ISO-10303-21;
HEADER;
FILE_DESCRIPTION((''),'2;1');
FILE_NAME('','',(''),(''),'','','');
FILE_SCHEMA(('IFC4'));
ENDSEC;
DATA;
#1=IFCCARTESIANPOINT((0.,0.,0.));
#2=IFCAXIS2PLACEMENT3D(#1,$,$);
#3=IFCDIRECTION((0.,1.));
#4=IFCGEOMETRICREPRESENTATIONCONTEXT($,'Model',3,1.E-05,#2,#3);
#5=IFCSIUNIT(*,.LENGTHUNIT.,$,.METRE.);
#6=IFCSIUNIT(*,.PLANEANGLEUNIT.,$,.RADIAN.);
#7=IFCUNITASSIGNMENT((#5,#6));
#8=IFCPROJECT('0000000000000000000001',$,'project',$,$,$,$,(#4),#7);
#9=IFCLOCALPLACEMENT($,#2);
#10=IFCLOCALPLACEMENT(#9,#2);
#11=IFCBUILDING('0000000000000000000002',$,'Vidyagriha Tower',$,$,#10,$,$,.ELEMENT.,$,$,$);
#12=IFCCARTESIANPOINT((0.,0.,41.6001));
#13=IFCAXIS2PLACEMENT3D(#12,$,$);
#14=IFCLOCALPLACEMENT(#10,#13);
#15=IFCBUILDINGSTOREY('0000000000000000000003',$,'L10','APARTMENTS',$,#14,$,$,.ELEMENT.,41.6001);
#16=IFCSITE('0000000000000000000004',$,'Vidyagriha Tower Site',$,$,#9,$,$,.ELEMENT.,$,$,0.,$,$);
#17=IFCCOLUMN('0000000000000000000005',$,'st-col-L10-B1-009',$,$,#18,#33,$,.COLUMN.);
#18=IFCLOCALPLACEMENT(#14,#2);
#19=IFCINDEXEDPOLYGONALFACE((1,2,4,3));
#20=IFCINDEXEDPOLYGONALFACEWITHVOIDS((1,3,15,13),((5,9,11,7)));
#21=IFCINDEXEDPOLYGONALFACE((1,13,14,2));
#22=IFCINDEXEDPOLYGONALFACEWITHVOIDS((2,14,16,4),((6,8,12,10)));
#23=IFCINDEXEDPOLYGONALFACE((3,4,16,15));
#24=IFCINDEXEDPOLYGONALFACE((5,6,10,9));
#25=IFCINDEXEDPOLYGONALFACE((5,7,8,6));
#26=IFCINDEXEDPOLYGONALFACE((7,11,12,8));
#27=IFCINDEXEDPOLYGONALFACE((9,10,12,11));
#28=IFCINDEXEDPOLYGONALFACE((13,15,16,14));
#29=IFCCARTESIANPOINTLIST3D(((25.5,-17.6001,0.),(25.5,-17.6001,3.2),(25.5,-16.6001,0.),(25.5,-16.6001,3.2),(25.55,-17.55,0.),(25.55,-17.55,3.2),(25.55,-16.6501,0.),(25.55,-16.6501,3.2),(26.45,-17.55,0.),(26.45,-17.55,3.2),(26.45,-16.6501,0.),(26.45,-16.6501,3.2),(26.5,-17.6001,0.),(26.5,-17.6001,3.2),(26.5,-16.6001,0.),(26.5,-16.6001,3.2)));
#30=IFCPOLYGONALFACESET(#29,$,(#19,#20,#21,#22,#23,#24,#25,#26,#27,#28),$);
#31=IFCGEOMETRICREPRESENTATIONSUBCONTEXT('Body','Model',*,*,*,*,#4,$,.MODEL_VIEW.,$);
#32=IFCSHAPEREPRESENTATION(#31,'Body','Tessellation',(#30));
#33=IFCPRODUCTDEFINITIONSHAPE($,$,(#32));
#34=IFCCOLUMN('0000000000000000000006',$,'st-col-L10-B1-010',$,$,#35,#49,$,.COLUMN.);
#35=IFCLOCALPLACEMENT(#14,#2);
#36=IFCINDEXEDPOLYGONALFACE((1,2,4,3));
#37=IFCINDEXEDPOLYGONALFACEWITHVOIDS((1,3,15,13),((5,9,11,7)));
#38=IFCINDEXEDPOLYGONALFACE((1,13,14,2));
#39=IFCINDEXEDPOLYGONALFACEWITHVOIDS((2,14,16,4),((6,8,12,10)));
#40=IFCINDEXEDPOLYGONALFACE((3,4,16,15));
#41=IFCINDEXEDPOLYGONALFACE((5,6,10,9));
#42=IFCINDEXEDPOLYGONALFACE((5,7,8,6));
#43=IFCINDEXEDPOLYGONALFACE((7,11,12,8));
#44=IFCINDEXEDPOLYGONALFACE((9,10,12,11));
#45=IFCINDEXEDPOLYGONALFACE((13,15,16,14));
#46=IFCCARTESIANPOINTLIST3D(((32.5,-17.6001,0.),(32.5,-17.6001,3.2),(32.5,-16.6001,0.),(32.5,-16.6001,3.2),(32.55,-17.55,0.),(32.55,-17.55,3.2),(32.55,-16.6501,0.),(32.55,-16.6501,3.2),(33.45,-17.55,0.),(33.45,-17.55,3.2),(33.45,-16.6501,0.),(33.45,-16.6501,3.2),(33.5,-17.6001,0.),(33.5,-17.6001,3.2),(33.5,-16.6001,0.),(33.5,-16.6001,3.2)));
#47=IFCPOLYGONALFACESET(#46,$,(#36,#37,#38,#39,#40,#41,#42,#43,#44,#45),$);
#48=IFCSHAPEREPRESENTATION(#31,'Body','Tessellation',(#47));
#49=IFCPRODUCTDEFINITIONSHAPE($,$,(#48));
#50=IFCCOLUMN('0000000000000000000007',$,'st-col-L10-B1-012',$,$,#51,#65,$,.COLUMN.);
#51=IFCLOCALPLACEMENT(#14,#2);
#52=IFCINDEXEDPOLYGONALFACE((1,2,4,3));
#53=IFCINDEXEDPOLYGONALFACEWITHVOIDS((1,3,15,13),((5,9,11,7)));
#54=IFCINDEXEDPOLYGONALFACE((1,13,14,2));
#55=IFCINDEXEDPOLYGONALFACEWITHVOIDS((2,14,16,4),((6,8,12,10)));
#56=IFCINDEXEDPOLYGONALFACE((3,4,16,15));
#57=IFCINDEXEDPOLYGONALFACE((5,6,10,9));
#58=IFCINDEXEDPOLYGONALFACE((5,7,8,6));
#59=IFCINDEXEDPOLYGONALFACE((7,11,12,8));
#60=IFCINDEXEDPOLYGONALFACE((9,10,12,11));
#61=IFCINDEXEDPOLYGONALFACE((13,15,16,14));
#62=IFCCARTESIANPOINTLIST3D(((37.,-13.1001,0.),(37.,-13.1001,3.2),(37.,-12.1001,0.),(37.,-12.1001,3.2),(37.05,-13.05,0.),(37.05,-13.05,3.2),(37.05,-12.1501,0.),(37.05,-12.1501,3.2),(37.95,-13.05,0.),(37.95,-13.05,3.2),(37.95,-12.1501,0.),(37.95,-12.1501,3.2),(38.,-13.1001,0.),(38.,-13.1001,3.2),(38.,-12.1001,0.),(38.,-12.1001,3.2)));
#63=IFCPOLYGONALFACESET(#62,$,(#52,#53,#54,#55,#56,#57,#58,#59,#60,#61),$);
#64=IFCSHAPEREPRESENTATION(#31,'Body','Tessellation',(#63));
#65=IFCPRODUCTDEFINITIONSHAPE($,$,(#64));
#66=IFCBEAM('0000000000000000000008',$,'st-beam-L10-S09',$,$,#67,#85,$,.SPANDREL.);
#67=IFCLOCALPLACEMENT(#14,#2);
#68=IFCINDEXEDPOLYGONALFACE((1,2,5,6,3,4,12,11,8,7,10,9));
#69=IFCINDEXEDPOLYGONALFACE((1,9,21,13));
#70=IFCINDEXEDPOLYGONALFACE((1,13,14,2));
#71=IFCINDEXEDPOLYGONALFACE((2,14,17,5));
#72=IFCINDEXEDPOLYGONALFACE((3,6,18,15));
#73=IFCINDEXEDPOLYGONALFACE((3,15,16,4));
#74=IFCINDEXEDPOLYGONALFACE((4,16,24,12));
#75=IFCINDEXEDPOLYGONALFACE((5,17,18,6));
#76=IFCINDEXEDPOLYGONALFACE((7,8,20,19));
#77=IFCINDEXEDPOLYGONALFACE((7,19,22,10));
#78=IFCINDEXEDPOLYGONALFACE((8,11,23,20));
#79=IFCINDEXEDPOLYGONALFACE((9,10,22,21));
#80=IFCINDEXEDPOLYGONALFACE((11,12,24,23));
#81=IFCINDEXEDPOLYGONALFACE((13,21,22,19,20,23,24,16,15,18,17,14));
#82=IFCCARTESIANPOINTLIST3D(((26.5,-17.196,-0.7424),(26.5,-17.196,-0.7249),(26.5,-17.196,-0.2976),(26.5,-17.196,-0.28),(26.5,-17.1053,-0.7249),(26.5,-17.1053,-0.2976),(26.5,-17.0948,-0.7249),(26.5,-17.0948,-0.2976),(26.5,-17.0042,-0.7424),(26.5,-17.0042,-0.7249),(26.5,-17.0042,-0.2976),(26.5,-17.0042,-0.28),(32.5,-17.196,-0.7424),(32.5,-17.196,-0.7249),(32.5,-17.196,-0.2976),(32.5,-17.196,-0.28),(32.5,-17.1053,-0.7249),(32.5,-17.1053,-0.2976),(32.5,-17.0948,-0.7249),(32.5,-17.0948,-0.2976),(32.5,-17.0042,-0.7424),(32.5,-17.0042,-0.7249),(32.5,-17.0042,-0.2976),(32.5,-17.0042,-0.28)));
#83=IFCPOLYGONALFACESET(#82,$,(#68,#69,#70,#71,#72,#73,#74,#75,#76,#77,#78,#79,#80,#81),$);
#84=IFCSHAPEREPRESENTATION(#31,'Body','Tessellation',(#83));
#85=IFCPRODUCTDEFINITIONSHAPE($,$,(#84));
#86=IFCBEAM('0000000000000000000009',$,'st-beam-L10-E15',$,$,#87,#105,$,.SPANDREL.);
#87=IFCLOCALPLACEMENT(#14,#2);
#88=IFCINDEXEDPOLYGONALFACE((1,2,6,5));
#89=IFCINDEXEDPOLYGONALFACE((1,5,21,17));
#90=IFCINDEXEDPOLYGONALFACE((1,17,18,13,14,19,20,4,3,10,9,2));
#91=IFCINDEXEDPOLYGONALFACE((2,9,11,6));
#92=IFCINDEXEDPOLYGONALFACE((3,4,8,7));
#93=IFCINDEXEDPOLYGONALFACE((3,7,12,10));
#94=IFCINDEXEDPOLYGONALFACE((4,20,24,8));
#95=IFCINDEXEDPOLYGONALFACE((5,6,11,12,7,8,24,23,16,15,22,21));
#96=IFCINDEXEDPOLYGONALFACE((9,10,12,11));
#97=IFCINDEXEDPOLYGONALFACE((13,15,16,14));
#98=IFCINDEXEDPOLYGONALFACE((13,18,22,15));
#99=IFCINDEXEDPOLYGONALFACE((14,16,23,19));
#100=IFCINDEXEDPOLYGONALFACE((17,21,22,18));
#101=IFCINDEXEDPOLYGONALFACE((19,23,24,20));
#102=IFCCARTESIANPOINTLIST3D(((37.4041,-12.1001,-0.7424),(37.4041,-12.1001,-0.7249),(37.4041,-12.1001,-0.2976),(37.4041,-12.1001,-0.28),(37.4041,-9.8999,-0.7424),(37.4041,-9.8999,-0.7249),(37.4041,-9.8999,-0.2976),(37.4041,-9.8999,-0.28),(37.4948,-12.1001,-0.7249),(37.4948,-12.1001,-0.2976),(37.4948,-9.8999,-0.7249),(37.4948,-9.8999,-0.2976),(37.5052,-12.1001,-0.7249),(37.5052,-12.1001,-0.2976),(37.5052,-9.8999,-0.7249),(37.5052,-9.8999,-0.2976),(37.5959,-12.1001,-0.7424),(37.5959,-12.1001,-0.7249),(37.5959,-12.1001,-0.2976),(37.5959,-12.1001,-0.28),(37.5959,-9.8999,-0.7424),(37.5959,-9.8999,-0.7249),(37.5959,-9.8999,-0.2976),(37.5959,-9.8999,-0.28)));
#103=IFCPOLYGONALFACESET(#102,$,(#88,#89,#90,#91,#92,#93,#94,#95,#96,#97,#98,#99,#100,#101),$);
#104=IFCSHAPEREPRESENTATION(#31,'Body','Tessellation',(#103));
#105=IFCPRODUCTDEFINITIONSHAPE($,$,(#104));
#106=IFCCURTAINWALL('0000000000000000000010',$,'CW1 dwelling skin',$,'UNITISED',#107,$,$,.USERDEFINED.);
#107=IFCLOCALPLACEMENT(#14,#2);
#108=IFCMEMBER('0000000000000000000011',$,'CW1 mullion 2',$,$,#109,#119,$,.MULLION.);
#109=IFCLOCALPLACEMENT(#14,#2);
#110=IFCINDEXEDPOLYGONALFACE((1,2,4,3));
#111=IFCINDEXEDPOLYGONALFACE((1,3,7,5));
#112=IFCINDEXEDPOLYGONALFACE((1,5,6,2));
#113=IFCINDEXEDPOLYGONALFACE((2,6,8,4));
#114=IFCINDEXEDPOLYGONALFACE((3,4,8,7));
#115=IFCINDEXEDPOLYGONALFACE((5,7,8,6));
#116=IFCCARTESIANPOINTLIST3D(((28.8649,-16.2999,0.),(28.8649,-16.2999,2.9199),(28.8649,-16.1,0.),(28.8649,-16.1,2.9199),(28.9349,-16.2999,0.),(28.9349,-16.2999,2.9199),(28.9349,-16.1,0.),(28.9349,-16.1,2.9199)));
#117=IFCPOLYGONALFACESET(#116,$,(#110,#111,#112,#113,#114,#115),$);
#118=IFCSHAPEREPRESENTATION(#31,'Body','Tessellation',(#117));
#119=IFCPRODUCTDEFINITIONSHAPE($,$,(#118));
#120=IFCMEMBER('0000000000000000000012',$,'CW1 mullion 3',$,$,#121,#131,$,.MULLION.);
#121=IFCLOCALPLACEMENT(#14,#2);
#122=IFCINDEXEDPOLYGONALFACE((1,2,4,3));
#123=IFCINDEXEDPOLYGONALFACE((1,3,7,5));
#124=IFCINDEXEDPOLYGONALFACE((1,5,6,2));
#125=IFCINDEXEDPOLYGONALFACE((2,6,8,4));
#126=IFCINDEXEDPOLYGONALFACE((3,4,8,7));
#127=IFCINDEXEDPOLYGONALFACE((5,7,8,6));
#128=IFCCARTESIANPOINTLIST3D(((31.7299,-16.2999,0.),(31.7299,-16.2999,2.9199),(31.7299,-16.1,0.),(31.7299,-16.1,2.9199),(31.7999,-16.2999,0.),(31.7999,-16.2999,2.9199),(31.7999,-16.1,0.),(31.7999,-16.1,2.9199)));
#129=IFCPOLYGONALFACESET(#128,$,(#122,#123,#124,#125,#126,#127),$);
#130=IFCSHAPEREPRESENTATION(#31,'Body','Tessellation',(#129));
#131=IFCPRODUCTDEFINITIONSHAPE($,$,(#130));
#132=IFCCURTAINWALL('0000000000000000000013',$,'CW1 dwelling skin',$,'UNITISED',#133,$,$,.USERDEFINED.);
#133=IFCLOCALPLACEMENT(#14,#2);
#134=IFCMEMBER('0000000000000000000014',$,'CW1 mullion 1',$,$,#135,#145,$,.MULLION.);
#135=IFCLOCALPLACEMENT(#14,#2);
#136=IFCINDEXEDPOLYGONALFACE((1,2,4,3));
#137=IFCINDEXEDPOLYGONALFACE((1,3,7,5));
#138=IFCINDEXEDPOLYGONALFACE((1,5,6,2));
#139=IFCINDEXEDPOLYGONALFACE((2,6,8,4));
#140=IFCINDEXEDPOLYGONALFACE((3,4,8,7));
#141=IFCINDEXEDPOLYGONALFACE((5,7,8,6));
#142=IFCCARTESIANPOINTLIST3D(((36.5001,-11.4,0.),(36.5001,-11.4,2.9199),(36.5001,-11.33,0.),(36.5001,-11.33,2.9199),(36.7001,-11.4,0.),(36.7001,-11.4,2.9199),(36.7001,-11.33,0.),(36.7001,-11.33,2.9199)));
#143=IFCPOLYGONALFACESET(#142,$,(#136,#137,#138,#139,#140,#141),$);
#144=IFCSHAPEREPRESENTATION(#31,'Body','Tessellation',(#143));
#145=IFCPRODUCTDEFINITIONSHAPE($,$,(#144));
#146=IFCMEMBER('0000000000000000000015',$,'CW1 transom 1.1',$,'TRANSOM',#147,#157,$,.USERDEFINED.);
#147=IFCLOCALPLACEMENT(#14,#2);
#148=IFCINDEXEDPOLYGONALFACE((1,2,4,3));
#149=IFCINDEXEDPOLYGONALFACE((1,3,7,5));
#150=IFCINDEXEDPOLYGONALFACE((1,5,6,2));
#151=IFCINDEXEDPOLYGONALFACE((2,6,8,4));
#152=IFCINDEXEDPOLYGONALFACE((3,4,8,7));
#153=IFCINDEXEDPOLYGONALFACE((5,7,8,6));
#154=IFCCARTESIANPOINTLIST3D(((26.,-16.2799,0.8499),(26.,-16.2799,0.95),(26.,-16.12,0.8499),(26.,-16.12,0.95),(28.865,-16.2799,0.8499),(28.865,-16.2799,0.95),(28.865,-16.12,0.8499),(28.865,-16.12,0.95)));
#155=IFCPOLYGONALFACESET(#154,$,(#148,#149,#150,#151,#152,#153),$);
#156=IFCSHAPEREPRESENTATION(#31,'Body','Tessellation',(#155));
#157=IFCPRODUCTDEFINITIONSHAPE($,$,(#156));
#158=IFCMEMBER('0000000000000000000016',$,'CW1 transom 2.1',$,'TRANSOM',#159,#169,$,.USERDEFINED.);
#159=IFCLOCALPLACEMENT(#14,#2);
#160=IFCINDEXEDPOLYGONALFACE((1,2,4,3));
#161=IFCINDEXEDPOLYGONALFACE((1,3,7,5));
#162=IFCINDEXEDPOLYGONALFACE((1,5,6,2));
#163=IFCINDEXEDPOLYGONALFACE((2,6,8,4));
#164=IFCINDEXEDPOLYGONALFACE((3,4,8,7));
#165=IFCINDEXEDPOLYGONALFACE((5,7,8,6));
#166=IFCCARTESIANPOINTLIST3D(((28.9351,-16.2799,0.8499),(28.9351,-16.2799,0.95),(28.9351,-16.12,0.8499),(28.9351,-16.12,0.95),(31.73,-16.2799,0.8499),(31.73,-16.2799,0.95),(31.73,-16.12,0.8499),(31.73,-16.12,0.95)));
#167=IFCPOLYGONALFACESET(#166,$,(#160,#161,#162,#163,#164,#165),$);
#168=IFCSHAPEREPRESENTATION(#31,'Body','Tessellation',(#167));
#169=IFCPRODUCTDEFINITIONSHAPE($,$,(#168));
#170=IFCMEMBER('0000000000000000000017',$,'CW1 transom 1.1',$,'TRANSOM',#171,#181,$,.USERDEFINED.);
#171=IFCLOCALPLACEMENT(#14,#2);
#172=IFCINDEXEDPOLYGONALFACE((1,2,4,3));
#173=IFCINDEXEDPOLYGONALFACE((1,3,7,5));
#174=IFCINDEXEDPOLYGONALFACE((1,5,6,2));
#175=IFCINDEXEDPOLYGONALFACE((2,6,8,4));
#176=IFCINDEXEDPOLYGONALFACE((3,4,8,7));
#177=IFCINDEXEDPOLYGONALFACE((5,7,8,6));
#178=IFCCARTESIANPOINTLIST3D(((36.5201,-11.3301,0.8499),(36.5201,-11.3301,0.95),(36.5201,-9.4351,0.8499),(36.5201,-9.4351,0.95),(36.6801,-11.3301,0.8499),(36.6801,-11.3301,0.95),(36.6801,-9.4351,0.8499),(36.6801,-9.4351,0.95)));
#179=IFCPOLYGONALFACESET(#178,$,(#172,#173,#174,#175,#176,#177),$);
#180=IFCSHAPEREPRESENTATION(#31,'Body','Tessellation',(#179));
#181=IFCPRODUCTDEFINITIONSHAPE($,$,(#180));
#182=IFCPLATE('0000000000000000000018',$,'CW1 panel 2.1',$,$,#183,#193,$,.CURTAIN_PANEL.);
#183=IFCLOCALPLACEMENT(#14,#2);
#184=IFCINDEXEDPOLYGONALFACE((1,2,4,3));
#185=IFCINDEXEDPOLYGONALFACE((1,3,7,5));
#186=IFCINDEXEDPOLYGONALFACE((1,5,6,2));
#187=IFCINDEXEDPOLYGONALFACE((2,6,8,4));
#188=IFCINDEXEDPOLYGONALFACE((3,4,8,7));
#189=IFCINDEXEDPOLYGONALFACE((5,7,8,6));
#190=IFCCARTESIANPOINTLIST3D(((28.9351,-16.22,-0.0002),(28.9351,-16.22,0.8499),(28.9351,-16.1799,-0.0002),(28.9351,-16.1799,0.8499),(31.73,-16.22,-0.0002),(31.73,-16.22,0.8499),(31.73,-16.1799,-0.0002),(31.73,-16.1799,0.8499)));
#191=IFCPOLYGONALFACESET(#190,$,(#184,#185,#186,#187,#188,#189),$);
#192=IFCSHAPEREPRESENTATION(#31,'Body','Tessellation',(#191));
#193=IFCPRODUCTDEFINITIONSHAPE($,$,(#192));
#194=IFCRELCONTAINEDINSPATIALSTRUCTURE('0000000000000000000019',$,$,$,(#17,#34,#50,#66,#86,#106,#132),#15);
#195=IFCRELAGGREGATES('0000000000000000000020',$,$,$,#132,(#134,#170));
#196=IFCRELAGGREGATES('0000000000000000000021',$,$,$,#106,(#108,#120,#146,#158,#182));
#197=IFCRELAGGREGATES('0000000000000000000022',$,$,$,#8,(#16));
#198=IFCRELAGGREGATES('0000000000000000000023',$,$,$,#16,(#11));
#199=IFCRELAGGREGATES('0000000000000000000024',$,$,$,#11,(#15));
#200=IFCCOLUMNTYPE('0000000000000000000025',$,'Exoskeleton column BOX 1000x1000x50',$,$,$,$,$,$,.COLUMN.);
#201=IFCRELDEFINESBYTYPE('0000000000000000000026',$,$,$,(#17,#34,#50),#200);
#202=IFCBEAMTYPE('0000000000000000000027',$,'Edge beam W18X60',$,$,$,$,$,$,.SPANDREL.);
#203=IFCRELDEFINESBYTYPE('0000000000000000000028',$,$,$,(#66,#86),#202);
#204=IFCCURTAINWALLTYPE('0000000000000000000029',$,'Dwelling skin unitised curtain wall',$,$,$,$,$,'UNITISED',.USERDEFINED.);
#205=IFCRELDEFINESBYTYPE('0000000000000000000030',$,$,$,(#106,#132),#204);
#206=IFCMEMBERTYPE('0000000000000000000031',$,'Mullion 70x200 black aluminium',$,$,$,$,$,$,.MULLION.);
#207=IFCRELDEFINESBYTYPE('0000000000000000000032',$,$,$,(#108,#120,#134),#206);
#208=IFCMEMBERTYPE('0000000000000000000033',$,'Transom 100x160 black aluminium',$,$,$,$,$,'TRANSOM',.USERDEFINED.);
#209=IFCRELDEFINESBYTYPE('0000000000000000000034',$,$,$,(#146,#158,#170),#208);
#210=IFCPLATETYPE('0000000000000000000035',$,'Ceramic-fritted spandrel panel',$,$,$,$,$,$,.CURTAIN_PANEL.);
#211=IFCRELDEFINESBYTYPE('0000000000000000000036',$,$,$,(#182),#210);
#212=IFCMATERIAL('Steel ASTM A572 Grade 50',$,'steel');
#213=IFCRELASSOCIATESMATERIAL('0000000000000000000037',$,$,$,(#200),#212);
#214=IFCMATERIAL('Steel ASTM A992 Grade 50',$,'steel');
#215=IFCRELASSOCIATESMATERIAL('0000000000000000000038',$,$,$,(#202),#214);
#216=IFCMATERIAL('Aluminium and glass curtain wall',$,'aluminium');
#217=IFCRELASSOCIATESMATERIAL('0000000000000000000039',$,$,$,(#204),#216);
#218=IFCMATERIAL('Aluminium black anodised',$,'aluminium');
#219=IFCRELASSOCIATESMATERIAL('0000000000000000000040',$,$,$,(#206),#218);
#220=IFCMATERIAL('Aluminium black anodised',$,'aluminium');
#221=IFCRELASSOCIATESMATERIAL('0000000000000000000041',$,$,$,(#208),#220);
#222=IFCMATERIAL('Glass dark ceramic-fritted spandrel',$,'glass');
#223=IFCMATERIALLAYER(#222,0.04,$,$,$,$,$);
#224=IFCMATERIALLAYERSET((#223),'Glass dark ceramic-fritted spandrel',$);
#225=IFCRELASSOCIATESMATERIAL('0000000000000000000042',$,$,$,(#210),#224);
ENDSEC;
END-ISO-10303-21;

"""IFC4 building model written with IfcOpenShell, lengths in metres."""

from ifc_helpers import new_model, si_unit, direction, frame, origin, origin_2d, place, context, subcontext, project, spatial, rectangle, hollow_rectangle, i_section, extrude, material, layer, layer_set, material_profile, profile_set, type_object, element, aggregate, save


model = new_model("IFC4")

# Units and contexts
model_context = context("Model", 3, precision=1e-05, world=origin(), true_north=direction((0.0, 1.0)))
body_context = subcontext(model_context, "Body", "Model", "MODEL_VIEW")
ifc_project = project(units=[si_unit("LENGTHUNIT", "METRE"), si_unit("PLANEANGLEUNIT", "RADIAN")], contexts=[model_context])

# Site, building, storey
site_placement = place(None, origin())
site = spatial("IfcSite", under=ifc_project, at=site_placement, Name="Vidyagriha Tower Site", CompositionType="ELEMENT", RefElevation=0.0)
building_placement = place(site_placement, origin())
building = spatial("IfcBuilding", under=site, at=building_placement, Name="Vidyagriha Tower", CompositionType="ELEMENT")
storey_placement = place(building_placement, frame((0.0, 0.0, 41.6001)))
storey = spatial("IfcBuildingStorey", under=building, at=storey_placement, Name="L10", Description="APARTMENTS", CompositionType="ELEMENT", Elevation=41.6001)

# Columns
ifc_material_1 = material(Name="Steel ASTM A572 Grade 50", Category="steel")
ifc_material_profile_1 = material_profile(ifc_material_1, hollow_rectangle(XDim=1.0, YDim=1.0, WallThickness=0.05, at=origin_2d()), Name="BOX 1000x1000x50")
ifc_profile_set_1 = profile_set([ifc_material_profile_1], Name="Steel ASTM A572 Grade 50")
column_type = type_object("IfcColumnType", Name="Exoskeleton column BOX 1000x1000x50", PredefinedType="COLUMN", material=ifc_profile_set_1)
for number, where, name in (
    (1, (26.0, -17.1001, 0.0), "st-col-L10-B1-009"),
    (2, (33.0, -17.1001, 0.0), "st-col-L10-B1-010"),
    (3, (37.5, -12.6001, 0.0), "st-col-L10-B1-012"),
):
    element("IfcColumn", number, at=place(storey_placement, frame(where)), inside=storey, type_object=column_type, Name=name, PredefinedType="COLUMN", context=body_context, shape_type="SweptSolid", body=[
        extrude(hollow_rectangle(XDim=1.0, YDim=1.0, WallThickness=0.05, at=origin_2d()), origin(), (0.0, 0.0, 1.0), 3.2),
    ])

# Beams
ifc_material_2 = material(Name="Steel ASTM A992 Grade 50", Category="steel")
ifc_material_profile_2 = material_profile(ifc_material_2, i_section(OverallWidth=0.1919, OverallDepth=0.4624, WebThickness=0.0105, FlangeThickness=0.0176, at=origin_2d()), Name="W18X60")
ifc_profile_set_2 = profile_set([ifc_material_profile_2], Name="Steel ASTM A992 Grade 50")
beam_type = type_object("IfcBeamType", Name="Edge beam W18X60", PredefinedType="SPANDREL", material=ifc_profile_set_2)
beam_1_placement = place(storey_placement, frame((26.5, -17.1001, -0.5112), z_axis=(1.0, 0.0, 0.0), x_axis=(0.0, 1.0, 0.0)))
element("IfcBeam", 4, at=beam_1_placement, inside=storey, type_object=beam_type, Name="st-beam-L10-S09", PredefinedType="SPANDREL", context=body_context, shape_type="SweptSolid", body=[
    extrude(i_section(OverallWidth=0.1919, OverallDepth=0.4624, WebThickness=0.0105, FlangeThickness=0.0176, at=origin_2d()), origin(), (0.0, 0.0, 1.0), 6.0),
])
beam_2_placement = place(storey_placement, frame((37.5, -12.1001, -0.5112), z_axis=(0.0, 1.0, 0.0), x_axis=(-1.0, 0.0, 0.0)))
element("IfcBeam", 5, at=beam_2_placement, inside=storey, type_object=beam_type, Name="st-beam-L10-E15", PredefinedType="SPANDREL", context=body_context, shape_type="SweptSolid", body=[
    extrude(i_section(OverallWidth=0.1919, OverallDepth=0.4624, WebThickness=0.0105, FlangeThickness=0.0176, at=origin_2d()), origin(), (0.0, 0.0, 1.0), 2.2002),
])

# Curtain wall, members
ifc_material_3 = material(Name="Aluminium and glass curtain wall", Category="aluminium")
curtain_wall_type = type_object("IfcCurtainWallType", Name="Dwelling skin unitised curtain wall", ElementType="UNITISED", PredefinedType="USERDEFINED", material=ifc_material_3)
curtain_wall_1_placement = place(storey_placement, origin())
curtain_wall_1 = element("IfcCurtainWall", 6, at=curtain_wall_1_placement, inside=storey, type_object=curtain_wall_type, Name="CW1 dwelling skin", ObjectType="UNITISED", PredefinedType="USERDEFINED")
ifc_material_4 = material(Name="Aluminium black anodised", Category="aluminium")
ifc_material_profile_3 = material_profile(ifc_material_4, rectangle(XDim=0.2, YDim=0.0701, at=origin_2d()), Name="Mullion 70x200 black aluminium")
ifc_profile_set_3 = profile_set([ifc_material_profile_3], Name="Aluminium black anodised")
member_type_1 = type_object("IfcMemberType", Name="Mullion 70x200 black aluminium", PredefinedType="MULLION", material=ifc_profile_set_3)
member_1_placement = place(storey_placement, frame((28.8999, -16.2, 0.0), z_axis=(0.0, 0.0, 1.0), x_axis=(0.0, 1.0, 0.0)))
member_1 = element("IfcMember", 7, at=member_1_placement, type_object=member_type_1, Name="CW1 mullion 2", PredefinedType="MULLION", context=body_context, shape_type="SweptSolid", body=[
    extrude(rectangle(XDim=0.2, YDim=0.0701, at=origin_2d()), origin(), (0.0, 0.0, 1.0), 2.9199),
])
member_2_placement = place(storey_placement, frame((31.7649, -16.2, 0.0), z_axis=(0.0, 0.0, 1.0), x_axis=(0.0, 1.0, 0.0)))
member_2 = element("IfcMember", 8, at=member_2_placement, type_object=member_type_1, Name="CW1 mullion 3", PredefinedType="MULLION", context=body_context, shape_type="SweptSolid", body=[
    extrude(rectangle(XDim=0.2, YDim=0.0701, at=origin_2d()), origin(), (0.0, 0.0, 1.0), 2.9199),
])

# Curtain wall, member
curtain_wall_2_placement = place(storey_placement, origin())
curtain_wall_2 = element("IfcCurtainWall", 9, at=curtain_wall_2_placement, inside=storey, type_object=curtain_wall_type, Name="CW1 dwelling skin", ObjectType="UNITISED", PredefinedType="USERDEFINED")
member_3_placement = place(storey_placement, frame((36.6001, -11.365, 0.0), z_axis=(0.0, 0.0, 1.0), x_axis=(-1.0, 0.0, 0.0)))
member_3 = element("IfcMember", 10, at=member_3_placement, type_object=member_type_1, Name="CW1 mullion 1", PredefinedType="MULLION", context=body_context, shape_type="SweptSolid", body=[
    extrude(rectangle(XDim=0.2, YDim=0.0701, at=origin_2d()), origin(), (0.0, 0.0, 1.0), 2.9199),
])

# Members
ifc_material_5 = material(Name="Aluminium black anodised", Category="aluminium")
ifc_material_profile_4 = material_profile(ifc_material_5, rectangle(XDim=0.1599, YDim=0.1001, at=origin_2d()), Name="Transom 100x160 black aluminium")
ifc_profile_set_4 = profile_set([ifc_material_profile_4], Name="Aluminium black anodised")
member_type_2 = type_object("IfcMemberType", Name="Transom 100x160 black aluminium", ElementType="TRANSOM", PredefinedType="USERDEFINED", material=ifc_profile_set_4)
member_4_placement = place(storey_placement, frame((26.0, -16.2, 0.8999), z_axis=(1.0, 0.0, 0.0), x_axis=(0.0, 1.0, 0.0)))
member_4 = element("IfcMember", 11, at=member_4_placement, type_object=member_type_2, Name="CW1 transom 1.1", ObjectType="TRANSOM", PredefinedType="USERDEFINED", context=body_context, shape_type="SweptSolid", body=[
    extrude(rectangle(XDim=0.1599, YDim=0.1001, at=origin_2d()), origin(), (0.0, 0.0, 1.0), 2.865),
])
member_5_placement = place(storey_placement, frame((28.9351, -16.2, 0.8999), z_axis=(1.0, 0.0, 0.0), x_axis=(0.0, 1.0, 0.0)))
member_5 = element("IfcMember", 12, at=member_5_placement, type_object=member_type_2, Name="CW1 transom 2.1", ObjectType="TRANSOM", PredefinedType="USERDEFINED", context=body_context, shape_type="SweptSolid", body=[
    extrude(rectangle(XDim=0.1599, YDim=0.1001, at=origin_2d()), origin(), (0.0, 0.0, 1.0), 2.7949),
])
member_6_placement = place(storey_placement, frame((36.6001, -11.3301, 0.8999), z_axis=(0.0, 1.0, 0.0), x_axis=(-1.0, 0.0, 0.0)))
member_6 = element("IfcMember", 13, at=member_6_placement, type_object=member_type_2, Name="CW1 transom 1.1", ObjectType="TRANSOM", PredefinedType="USERDEFINED", context=body_context, shape_type="SweptSolid", body=[
    extrude(rectangle(XDim=0.1599, YDim=0.1001, at=origin_2d()), origin(), (0.0, 0.0, 1.0), 1.895),
])

# Plate
ifc_material_6 = material(Name="Glass dark ceramic-fritted spandrel", Category="glass")
ifc_layer_1 = layer(ifc_material_6, 0.04)
ifc_layer_set_1 = layer_set([ifc_layer_1], Name="Glass dark ceramic-fritted spandrel")
plate_type_1 = type_object("IfcPlateType", Name="Ceramic-fritted spandrel panel", PredefinedType="CURTAIN_PANEL", material=ifc_layer_set_1)
plate_1_placement = place(storey_placement, frame((30.3325, -16.2, -0.0002)))
plate_1 = element("IfcPlate", 14, at=plate_1_placement, type_object=plate_type_1, Name="CW1 panel 2.1", PredefinedType="CURTAIN_PANEL", context=body_context, shape_type="SweptSolid", body=[
    extrude(rectangle(XDim=2.7949, YDim=0.04, at=origin_2d()), origin(), (0.0, 0.0, 1.0), 0.8501),
])
aggregate(curtain_wall_2, [member_3, member_6])
aggregate(curtain_wall_1, [member_1, member_2, member_4, member_5, plate_1])

save(model, "model.ifc")
